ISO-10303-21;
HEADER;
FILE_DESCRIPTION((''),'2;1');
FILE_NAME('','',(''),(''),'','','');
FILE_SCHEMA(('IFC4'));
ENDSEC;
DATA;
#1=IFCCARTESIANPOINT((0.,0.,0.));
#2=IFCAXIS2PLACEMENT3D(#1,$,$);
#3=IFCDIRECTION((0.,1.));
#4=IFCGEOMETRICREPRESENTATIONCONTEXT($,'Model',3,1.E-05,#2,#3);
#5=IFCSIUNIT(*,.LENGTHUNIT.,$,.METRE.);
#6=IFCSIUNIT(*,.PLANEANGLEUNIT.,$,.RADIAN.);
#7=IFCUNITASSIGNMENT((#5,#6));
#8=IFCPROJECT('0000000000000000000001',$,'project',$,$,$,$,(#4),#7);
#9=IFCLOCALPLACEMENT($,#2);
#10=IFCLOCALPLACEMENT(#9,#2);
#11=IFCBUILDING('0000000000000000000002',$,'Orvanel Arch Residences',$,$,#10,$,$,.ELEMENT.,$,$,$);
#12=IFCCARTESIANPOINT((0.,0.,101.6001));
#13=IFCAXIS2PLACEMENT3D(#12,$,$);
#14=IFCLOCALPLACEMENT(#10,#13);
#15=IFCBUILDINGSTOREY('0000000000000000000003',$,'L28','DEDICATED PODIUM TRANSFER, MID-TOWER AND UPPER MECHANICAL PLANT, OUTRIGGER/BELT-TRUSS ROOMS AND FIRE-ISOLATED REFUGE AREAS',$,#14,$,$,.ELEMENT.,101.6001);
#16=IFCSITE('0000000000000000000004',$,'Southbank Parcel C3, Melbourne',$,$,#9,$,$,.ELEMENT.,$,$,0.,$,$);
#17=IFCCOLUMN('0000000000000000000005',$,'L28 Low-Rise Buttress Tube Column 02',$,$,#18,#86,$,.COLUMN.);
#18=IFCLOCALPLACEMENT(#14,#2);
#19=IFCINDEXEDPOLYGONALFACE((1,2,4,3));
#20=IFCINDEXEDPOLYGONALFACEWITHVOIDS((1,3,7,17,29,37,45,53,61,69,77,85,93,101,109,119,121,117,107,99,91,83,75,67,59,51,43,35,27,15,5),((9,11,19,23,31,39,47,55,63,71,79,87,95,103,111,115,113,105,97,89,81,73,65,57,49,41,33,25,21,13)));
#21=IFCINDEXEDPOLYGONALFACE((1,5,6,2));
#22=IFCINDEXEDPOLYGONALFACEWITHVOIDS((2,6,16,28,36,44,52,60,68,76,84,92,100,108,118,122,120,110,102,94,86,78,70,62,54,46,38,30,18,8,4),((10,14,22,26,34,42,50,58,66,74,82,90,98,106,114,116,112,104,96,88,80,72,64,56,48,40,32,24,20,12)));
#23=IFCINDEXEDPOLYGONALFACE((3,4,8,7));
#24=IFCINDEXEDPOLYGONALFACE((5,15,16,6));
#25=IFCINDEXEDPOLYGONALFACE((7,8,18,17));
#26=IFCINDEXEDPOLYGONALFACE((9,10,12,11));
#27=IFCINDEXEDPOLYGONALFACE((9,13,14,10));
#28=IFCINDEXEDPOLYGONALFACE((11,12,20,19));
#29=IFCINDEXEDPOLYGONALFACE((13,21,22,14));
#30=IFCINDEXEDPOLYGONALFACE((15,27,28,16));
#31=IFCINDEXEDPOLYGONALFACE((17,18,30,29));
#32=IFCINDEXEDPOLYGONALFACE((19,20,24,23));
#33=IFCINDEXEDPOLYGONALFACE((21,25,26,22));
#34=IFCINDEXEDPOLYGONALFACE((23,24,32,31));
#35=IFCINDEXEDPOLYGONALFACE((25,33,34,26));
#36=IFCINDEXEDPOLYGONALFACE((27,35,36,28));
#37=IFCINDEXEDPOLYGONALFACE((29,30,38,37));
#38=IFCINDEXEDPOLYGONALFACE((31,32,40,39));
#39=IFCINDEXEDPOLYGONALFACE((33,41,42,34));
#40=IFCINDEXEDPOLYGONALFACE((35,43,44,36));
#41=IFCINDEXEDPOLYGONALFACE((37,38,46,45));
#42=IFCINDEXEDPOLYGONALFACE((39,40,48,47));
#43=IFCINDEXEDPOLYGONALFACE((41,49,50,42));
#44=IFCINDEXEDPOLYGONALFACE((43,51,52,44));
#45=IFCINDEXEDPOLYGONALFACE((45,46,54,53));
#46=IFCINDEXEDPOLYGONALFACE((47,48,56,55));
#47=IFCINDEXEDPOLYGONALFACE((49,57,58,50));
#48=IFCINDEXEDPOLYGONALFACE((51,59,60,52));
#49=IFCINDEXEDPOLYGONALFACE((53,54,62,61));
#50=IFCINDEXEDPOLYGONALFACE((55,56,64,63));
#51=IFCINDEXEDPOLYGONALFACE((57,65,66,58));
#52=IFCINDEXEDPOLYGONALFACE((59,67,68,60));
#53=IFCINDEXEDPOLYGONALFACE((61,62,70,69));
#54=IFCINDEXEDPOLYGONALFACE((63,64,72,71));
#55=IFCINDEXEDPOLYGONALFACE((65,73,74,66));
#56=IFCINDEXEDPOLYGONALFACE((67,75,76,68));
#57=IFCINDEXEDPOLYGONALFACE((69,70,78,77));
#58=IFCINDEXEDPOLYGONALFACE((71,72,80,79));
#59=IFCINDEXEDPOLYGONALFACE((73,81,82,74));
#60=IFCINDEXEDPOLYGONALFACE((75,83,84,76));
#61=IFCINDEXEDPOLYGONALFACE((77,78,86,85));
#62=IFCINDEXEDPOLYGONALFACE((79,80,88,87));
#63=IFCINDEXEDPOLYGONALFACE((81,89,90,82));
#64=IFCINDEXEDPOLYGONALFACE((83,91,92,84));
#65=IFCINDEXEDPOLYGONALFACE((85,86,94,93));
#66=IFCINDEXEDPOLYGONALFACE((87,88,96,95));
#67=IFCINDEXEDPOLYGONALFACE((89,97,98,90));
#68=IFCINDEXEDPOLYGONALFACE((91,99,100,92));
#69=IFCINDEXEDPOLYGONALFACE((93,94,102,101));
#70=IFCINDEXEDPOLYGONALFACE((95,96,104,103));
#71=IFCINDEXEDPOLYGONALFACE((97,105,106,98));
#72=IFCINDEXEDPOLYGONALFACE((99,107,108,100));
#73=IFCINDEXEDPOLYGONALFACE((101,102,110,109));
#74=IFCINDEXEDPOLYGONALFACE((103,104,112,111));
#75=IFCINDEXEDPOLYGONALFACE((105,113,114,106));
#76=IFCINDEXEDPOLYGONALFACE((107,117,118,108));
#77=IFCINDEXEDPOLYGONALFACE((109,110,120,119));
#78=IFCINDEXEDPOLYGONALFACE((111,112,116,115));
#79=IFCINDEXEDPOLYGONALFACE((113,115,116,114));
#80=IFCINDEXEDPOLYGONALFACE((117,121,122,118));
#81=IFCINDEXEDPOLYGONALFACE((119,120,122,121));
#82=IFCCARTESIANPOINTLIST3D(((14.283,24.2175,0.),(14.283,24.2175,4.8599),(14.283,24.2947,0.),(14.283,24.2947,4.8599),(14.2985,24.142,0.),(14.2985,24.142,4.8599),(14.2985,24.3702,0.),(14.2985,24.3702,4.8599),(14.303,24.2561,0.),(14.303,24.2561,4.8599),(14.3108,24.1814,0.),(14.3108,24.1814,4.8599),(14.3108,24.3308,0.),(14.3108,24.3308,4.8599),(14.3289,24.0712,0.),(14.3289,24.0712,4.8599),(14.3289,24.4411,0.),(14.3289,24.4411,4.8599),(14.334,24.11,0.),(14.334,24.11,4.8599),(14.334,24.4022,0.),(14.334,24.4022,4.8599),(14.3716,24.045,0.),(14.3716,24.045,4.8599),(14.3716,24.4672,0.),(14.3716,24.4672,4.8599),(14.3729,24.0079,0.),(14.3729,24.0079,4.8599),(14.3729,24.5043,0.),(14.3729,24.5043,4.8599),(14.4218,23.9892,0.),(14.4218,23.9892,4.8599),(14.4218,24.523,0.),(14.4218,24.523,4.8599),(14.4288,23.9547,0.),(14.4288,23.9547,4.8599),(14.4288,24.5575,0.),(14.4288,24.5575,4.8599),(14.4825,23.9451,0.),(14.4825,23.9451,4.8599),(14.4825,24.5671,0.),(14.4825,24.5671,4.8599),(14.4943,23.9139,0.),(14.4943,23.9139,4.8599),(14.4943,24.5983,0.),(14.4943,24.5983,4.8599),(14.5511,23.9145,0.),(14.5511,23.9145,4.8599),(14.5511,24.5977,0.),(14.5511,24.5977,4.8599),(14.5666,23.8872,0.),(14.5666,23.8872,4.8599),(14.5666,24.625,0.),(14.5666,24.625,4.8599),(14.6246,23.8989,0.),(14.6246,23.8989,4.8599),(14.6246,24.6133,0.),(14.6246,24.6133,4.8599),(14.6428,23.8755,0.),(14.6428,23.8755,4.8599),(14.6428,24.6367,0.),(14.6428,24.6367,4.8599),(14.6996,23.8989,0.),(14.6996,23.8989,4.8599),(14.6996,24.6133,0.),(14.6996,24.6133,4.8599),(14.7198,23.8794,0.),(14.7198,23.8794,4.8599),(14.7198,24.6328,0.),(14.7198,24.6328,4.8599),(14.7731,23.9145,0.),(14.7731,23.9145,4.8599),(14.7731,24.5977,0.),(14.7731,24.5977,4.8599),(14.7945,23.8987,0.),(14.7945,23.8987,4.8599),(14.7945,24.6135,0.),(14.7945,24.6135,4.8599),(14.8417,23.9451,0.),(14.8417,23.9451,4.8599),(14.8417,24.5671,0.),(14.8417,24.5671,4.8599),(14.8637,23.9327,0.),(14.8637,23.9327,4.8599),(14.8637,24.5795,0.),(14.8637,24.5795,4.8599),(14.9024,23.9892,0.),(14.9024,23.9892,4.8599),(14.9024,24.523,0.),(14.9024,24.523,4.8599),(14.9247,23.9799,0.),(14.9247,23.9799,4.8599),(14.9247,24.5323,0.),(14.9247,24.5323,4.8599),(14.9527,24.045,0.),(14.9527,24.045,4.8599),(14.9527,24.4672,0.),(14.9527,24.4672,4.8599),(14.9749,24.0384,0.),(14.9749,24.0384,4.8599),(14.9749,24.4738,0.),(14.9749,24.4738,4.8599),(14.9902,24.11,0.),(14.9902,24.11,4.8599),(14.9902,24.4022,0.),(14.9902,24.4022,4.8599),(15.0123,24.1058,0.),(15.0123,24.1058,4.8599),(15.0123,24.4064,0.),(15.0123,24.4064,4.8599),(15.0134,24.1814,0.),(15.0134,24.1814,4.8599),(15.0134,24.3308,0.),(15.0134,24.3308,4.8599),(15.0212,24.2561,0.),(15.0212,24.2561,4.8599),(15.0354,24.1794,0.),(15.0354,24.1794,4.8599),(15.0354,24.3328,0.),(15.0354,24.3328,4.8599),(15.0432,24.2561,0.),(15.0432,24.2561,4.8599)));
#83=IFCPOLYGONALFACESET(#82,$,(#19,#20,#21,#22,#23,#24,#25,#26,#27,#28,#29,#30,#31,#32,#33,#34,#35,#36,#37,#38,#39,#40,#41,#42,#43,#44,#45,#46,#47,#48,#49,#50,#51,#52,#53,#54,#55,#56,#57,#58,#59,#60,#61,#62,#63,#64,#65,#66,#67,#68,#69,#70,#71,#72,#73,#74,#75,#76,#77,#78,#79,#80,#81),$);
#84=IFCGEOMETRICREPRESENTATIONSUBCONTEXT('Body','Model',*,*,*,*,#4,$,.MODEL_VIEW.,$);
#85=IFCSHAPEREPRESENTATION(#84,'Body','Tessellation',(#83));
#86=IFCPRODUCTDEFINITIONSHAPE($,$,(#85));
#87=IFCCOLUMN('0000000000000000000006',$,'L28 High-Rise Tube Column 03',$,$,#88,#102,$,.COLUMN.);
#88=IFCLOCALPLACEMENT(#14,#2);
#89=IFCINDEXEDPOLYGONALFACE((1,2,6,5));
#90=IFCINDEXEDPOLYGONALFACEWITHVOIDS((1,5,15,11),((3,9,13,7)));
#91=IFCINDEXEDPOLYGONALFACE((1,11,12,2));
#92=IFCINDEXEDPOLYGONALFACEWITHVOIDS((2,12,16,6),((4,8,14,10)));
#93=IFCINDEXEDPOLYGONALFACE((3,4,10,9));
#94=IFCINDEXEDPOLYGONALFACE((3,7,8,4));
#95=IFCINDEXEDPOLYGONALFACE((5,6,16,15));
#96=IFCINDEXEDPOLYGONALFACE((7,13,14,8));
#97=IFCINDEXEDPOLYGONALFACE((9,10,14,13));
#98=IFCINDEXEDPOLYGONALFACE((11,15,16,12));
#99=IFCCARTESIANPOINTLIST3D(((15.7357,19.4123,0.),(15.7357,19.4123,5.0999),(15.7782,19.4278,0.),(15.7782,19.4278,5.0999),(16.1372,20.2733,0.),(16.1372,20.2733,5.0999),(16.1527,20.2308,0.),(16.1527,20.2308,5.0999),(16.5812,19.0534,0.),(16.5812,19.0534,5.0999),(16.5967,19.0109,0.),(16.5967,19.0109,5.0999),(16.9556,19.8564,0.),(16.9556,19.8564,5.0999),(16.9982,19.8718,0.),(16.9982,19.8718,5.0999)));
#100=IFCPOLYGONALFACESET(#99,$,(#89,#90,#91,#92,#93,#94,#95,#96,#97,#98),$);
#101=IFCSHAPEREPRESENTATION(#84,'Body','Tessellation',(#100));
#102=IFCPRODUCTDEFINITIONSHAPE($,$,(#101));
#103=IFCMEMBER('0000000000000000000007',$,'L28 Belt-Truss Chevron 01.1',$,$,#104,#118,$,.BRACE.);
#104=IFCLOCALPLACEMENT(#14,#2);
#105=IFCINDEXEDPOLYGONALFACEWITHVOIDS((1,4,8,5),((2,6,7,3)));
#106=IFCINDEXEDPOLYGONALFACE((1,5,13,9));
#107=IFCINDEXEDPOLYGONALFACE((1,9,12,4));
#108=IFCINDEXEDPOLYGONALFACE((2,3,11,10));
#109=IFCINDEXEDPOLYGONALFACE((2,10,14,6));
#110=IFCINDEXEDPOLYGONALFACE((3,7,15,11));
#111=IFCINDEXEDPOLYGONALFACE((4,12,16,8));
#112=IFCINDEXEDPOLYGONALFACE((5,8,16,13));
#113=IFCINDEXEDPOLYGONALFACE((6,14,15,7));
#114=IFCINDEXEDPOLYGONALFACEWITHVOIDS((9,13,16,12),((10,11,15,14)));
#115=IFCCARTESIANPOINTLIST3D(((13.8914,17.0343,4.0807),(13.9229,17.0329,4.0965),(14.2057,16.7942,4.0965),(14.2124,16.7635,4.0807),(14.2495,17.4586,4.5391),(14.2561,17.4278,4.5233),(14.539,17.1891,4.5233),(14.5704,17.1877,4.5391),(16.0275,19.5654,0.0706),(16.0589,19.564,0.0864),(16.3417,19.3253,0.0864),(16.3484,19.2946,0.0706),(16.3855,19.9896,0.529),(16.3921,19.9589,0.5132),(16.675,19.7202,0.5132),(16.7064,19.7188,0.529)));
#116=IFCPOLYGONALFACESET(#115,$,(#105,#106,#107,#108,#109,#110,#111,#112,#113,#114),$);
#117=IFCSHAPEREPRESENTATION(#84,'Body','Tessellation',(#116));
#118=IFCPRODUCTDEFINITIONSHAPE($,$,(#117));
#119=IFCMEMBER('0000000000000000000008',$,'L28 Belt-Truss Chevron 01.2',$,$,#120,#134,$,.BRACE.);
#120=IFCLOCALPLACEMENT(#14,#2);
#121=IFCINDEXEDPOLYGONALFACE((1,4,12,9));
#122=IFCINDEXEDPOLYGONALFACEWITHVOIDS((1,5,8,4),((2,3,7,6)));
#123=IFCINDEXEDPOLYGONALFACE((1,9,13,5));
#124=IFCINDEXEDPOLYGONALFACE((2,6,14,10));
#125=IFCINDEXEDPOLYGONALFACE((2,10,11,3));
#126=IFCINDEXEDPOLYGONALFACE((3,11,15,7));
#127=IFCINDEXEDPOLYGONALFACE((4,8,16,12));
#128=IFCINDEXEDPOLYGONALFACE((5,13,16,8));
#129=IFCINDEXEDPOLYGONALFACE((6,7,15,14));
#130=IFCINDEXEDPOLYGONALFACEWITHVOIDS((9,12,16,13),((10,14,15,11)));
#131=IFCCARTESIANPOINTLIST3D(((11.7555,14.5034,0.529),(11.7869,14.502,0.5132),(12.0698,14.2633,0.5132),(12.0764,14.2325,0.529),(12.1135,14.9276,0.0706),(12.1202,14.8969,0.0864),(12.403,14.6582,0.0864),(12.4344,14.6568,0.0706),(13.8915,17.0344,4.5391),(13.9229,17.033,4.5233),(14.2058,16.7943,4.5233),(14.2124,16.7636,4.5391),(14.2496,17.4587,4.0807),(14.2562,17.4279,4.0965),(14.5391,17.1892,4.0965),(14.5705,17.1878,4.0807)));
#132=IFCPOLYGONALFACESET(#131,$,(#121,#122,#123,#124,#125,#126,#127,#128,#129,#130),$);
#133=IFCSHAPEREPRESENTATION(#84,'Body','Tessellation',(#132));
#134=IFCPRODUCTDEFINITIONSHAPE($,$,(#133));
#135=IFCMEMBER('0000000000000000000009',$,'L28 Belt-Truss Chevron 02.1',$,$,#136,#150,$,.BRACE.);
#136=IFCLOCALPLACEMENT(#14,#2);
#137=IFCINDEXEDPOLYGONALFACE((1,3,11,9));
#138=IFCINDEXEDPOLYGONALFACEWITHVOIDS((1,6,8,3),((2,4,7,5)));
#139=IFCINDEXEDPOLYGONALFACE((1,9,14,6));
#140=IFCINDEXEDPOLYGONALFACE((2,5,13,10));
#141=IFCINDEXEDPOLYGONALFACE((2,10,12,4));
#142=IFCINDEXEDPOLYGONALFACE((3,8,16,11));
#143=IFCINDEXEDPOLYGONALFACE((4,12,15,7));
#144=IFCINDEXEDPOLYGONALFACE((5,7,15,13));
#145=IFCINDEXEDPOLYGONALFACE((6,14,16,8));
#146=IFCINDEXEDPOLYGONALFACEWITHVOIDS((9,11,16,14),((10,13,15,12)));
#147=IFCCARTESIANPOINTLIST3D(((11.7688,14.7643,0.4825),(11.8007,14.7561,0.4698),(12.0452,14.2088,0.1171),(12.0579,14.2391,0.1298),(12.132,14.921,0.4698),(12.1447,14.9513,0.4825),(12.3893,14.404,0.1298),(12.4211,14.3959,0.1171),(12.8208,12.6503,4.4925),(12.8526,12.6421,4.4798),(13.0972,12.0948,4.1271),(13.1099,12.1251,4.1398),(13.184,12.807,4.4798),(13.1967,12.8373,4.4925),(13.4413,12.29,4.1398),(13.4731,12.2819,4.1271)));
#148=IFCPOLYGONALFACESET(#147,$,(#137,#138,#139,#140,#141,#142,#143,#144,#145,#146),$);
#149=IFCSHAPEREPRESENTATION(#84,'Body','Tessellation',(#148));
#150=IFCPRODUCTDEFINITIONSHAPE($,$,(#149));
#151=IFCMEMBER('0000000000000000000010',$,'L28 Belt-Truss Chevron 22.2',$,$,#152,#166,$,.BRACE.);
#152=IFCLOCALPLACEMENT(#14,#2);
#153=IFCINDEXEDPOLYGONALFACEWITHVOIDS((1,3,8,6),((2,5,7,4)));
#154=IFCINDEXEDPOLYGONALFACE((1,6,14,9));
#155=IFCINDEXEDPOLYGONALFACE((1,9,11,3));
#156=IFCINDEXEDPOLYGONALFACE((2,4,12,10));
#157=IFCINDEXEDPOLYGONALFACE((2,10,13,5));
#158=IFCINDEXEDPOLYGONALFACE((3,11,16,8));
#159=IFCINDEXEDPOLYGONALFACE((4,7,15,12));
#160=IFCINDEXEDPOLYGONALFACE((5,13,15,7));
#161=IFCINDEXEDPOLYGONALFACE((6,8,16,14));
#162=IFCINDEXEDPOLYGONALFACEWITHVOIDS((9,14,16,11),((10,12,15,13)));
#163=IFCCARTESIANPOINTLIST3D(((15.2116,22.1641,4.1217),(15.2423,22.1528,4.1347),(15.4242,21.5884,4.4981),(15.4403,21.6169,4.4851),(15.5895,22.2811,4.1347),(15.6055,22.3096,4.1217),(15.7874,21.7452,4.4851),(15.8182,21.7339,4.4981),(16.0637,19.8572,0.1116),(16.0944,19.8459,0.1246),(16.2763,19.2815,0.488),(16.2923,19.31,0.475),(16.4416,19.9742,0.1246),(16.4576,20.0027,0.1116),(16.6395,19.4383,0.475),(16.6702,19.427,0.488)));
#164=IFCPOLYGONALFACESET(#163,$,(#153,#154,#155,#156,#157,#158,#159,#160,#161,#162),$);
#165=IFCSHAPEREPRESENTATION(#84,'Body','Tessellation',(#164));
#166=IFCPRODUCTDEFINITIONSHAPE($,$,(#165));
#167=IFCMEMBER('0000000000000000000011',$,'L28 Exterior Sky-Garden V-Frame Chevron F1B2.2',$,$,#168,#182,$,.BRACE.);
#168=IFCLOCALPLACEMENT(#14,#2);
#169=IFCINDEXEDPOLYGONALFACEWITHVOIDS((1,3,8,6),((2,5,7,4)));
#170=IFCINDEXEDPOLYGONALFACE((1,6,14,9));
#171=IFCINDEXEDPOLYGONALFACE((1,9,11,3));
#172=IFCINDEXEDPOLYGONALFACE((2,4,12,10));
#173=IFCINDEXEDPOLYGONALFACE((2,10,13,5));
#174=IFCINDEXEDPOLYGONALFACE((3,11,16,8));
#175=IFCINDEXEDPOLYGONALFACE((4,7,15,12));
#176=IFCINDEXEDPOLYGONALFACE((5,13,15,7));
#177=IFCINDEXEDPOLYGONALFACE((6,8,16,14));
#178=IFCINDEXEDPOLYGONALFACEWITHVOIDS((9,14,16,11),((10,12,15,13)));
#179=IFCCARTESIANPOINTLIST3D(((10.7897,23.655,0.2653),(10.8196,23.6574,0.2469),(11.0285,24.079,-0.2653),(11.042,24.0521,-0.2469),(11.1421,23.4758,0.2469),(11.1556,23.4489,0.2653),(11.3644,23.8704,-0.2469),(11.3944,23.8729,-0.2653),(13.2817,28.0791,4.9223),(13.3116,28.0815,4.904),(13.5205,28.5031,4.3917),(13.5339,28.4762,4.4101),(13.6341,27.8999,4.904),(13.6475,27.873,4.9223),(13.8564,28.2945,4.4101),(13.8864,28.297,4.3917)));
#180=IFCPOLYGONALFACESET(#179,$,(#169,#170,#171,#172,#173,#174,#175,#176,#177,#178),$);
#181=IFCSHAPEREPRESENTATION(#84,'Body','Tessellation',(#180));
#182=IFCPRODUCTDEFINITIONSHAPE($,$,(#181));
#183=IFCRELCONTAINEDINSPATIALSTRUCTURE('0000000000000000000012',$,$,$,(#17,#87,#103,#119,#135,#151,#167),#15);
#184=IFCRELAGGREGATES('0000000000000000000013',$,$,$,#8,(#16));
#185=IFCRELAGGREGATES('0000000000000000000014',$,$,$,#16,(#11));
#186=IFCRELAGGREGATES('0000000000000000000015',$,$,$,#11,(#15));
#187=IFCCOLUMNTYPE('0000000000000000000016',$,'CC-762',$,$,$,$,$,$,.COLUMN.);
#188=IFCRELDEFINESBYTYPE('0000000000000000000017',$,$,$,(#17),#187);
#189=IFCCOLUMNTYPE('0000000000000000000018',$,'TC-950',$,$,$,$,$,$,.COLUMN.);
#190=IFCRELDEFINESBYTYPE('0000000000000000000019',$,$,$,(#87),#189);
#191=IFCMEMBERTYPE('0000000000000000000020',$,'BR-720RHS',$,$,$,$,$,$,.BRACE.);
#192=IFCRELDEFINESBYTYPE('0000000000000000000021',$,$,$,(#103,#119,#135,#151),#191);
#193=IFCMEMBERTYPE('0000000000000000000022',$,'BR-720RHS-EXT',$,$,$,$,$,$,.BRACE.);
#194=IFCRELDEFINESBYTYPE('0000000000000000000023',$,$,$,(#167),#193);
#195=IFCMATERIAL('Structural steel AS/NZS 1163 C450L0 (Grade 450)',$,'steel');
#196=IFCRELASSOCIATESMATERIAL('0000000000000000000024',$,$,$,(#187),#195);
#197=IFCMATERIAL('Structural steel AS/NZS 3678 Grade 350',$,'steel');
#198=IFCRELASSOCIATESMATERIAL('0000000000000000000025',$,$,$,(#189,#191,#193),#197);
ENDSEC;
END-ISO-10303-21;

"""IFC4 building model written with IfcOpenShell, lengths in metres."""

from ifc_helpers import new_model, si_unit, direction, frame, origin, origin_2d, place, context, subcontext, project, spatial, hollow_rectangle, hollow_circle, extrude, material, material_profile, profile_set, type_object, element, save


model = new_model("IFC4")

# Units and contexts
model_context = context("Model", 3, precision=1e-05, world=origin(), true_north=direction((0.0, 1.0)))
body_context = subcontext(model_context, "Body", "Model", "MODEL_VIEW")
ifc_project = project(units=[si_unit("LENGTHUNIT", "METRE"), si_unit("PLANEANGLEUNIT", "RADIAN")], contexts=[model_context])

# Site, building, storey
site_placement = place(None, origin())
site = spatial("IfcSite", under=ifc_project, at=site_placement, Name="Southbank Parcel C3, Melbourne", CompositionType="ELEMENT", RefElevation=0.0)
building_placement = place(site_placement, origin())
building = spatial("IfcBuilding", under=site, at=building_placement, Name="Orvanel Arch Residences", CompositionType="ELEMENT")
storey_placement = place(building_placement, frame((0.0, 0.0, 101.6001)))
storey = spatial("IfcBuildingStorey", under=building, at=storey_placement, Name="L28", Description="DEDICATED PODIUM TRANSFER, MID-TOWER AND UPPER MECHANICAL PLANT, OUTRIGGER/BELT-TRUSS ROOMS AND FIRE-ISOLATED REFUGE AREAS", CompositionType="ELEMENT", Elevation=101.6001)

# Columns
ifc_material_1 = material(Name="Structural steel AS/NZS 1163 C450L0 (Grade 450)", Category="steel")
ifc_material_profile_1 = material_profile(ifc_material_1, hollow_circle(Radius=0.3811, WallThickness=0.022, at=origin_2d()), Name="CHS762x22")
ifc_profile_set_1 = profile_set([ifc_material_profile_1], Name="Structural steel AS/NZS 1163 C450L0 (Grade 450)")
column_type_1 = type_object("IfcColumnType", Name="CC-762", PredefinedType="COLUMN", material=ifc_profile_set_1)
column_1_placement = place(storey_placement, frame((14.6621, 24.2561, 0.0), z_axis=(0.0, 0.0, 1.0), x_axis=(1.0, 0.0, 0.0)))
element("IfcColumn", 1, at=column_1_placement, inside=storey, type_object=column_type_1, Name="L28 Low-Rise Buttress Tube Column 02", PredefinedType="COLUMN", context=body_context, shape_type="SweptSolid", body=[
    extrude(hollow_circle(Radius=0.3811, WallThickness=0.022, at=origin_2d()), origin(), (0.0, 0.0, 1.0), 4.8599),
])
ifc_material_2 = material(Name="Structural steel AS/NZS 3678 Grade 350", Category="steel")
ifc_material_profile_2 = material_profile(ifc_material_2, hollow_rectangle(XDim=0.95, YDim=0.95, WallThickness=0.032, at=origin_2d()), Name="BOX950x950x32")
ifc_profile_set_2 = profile_set([ifc_material_profile_2], Name="Structural steel AS/NZS 3678 Grade 350")
column_type_2 = type_object("IfcColumnType", Name="TC-950", PredefinedType="COLUMN", material=ifc_profile_set_2)
column_2_placement = place(storey_placement, frame((16.3669, 19.6421, 0.0), z_axis=(0.0, 0.0, 1.0), x_axis=(0.422618, 0.906308, 0.0)))
element("IfcColumn", 2, at=column_2_placement, inside=storey, type_object=column_type_2, Name="L28 High-Rise Tube Column 03", PredefinedType="COLUMN", context=body_context, shape_type="SweptSolid", body=[
    extrude(hollow_rectangle(XDim=0.95, YDim=0.95, WallThickness=0.032, at=origin_2d()), origin(), (0.0, 0.0, 1.0), 5.0999),
])

# Members
ifc_material_profile_3 = material_profile(ifc_material_2, hollow_rectangle(XDim=0.4199, YDim=0.72, WallThickness=0.0249, at=origin_2d()), Name="RHS720x420x25")
ifc_profile_set_3 = profile_set([ifc_material_profile_3], Name="Structural steel AS/NZS 3678 Grade 350")
member_type_1 = type_object("IfcMemberType", Name="BR-720RHS", PredefinedType="BRACE", material=ifc_profile_set_3)
for number, where, z_axis, x_axis, name in (
    (3, (16.3669, 19.6421, 0.2998), (-0.410701, -0.486654, 0.771033), (0.764224, -0.64495, 0.0), "L28 Belt-Truss Chevron 01.1"),
    (4, (12.095, 14.5801, 0.2998), (0.410701, 0.486654, 0.771033), (-0.764224, 0.64495, 0.0), "L28 Belt-Truss Chevron 01.2"),
):
    element("IfcMember", number, at=place(storey_placement, frame(where, z_axis=z_axis, x_axis=x_axis)), inside=storey, type_object=member_type_1, Name=name, PredefinedType="BRACE", context=body_context, shape_type="SweptSolid", body=[
        extrude(hollow_rectangle(XDim=0.4199, YDim=0.72, WallThickness=0.0249, at=origin_2d()), origin(), (0.0, 0.0, 1.0), 5.2009),
    ])
member_1_placement = place(storey_placement, frame((12.095, 14.5801, 0.2998), z_axis=(0.226062, -0.454275, 0.861702), x_axis=(0.895273, 0.445517, 0.0)))
element("IfcMember", 5, at=member_1_placement, inside=storey, type_object=member_type_1, Name="L28 Belt-Truss Chevron 02.1", PredefinedType="BRACE", context=body_context, shape_type="SweptSolid", body=[
    extrude(hollow_rectangle(XDim=0.4199, YDim=0.72, WallThickness=0.0249, at=origin_2d()), origin(), (0.0, 0.0, 1.0), 4.6536),
])
member_2_placement = place(storey_placement, frame((16.3669, 19.6421, 0.2998), z_axis=(-0.181132, 0.490406, 0.852463), x_axis=(-0.93806, -0.346474, 0.0)))
element("IfcMember", 6, at=member_2_placement, inside=storey, type_object=member_type_1, Name="L28 Belt-Truss Chevron 22.2", PredefinedType="BRACE", context=body_context, shape_type="SweptSolid", body=[
    extrude(hollow_rectangle(XDim=0.4199, YDim=0.72, WallThickness=0.0249, at=origin_2d()), origin(), (0.0, 0.0, 1.0), 4.7041),
])
ifc_material_profile_4 = material_profile(ifc_material_2, hollow_rectangle(XDim=0.4199, YDim=0.72, WallThickness=0.0249, at=origin_2d()), Name="RHS720x420x25")
ifc_profile_set_4 = profile_set([ifc_material_profile_4], Name="Structural steel AS/NZS 3678 Grade 350")
member_type_2 = type_object("IfcMemberType", Name="BR-720RHS-EXT", PredefinedType="BRACE", material=ifc_profile_set_4)
member_3_placement = place(storey_placement, frame((11.092, 23.7639, 0.0), z_axis=(0.361685, 0.642117, 0.675922), x_axis=(-0.871289, 0.49077, 0.0)))
element("IfcMember", 7, at=member_3_placement, inside=storey, type_object=member_type_2, Name="L28 Exterior Sky-Garden V-Frame Chevron F1B2.2", PredefinedType="BRACE", context=body_context, shape_type="SweptSolid", body=[
    extrude(hollow_rectangle(XDim=0.4199, YDim=0.72, WallThickness=0.0249, at=origin_2d()), origin(), (0.0, 0.0, 1.0), 6.8899),
])

save(model, "model.ifc")
